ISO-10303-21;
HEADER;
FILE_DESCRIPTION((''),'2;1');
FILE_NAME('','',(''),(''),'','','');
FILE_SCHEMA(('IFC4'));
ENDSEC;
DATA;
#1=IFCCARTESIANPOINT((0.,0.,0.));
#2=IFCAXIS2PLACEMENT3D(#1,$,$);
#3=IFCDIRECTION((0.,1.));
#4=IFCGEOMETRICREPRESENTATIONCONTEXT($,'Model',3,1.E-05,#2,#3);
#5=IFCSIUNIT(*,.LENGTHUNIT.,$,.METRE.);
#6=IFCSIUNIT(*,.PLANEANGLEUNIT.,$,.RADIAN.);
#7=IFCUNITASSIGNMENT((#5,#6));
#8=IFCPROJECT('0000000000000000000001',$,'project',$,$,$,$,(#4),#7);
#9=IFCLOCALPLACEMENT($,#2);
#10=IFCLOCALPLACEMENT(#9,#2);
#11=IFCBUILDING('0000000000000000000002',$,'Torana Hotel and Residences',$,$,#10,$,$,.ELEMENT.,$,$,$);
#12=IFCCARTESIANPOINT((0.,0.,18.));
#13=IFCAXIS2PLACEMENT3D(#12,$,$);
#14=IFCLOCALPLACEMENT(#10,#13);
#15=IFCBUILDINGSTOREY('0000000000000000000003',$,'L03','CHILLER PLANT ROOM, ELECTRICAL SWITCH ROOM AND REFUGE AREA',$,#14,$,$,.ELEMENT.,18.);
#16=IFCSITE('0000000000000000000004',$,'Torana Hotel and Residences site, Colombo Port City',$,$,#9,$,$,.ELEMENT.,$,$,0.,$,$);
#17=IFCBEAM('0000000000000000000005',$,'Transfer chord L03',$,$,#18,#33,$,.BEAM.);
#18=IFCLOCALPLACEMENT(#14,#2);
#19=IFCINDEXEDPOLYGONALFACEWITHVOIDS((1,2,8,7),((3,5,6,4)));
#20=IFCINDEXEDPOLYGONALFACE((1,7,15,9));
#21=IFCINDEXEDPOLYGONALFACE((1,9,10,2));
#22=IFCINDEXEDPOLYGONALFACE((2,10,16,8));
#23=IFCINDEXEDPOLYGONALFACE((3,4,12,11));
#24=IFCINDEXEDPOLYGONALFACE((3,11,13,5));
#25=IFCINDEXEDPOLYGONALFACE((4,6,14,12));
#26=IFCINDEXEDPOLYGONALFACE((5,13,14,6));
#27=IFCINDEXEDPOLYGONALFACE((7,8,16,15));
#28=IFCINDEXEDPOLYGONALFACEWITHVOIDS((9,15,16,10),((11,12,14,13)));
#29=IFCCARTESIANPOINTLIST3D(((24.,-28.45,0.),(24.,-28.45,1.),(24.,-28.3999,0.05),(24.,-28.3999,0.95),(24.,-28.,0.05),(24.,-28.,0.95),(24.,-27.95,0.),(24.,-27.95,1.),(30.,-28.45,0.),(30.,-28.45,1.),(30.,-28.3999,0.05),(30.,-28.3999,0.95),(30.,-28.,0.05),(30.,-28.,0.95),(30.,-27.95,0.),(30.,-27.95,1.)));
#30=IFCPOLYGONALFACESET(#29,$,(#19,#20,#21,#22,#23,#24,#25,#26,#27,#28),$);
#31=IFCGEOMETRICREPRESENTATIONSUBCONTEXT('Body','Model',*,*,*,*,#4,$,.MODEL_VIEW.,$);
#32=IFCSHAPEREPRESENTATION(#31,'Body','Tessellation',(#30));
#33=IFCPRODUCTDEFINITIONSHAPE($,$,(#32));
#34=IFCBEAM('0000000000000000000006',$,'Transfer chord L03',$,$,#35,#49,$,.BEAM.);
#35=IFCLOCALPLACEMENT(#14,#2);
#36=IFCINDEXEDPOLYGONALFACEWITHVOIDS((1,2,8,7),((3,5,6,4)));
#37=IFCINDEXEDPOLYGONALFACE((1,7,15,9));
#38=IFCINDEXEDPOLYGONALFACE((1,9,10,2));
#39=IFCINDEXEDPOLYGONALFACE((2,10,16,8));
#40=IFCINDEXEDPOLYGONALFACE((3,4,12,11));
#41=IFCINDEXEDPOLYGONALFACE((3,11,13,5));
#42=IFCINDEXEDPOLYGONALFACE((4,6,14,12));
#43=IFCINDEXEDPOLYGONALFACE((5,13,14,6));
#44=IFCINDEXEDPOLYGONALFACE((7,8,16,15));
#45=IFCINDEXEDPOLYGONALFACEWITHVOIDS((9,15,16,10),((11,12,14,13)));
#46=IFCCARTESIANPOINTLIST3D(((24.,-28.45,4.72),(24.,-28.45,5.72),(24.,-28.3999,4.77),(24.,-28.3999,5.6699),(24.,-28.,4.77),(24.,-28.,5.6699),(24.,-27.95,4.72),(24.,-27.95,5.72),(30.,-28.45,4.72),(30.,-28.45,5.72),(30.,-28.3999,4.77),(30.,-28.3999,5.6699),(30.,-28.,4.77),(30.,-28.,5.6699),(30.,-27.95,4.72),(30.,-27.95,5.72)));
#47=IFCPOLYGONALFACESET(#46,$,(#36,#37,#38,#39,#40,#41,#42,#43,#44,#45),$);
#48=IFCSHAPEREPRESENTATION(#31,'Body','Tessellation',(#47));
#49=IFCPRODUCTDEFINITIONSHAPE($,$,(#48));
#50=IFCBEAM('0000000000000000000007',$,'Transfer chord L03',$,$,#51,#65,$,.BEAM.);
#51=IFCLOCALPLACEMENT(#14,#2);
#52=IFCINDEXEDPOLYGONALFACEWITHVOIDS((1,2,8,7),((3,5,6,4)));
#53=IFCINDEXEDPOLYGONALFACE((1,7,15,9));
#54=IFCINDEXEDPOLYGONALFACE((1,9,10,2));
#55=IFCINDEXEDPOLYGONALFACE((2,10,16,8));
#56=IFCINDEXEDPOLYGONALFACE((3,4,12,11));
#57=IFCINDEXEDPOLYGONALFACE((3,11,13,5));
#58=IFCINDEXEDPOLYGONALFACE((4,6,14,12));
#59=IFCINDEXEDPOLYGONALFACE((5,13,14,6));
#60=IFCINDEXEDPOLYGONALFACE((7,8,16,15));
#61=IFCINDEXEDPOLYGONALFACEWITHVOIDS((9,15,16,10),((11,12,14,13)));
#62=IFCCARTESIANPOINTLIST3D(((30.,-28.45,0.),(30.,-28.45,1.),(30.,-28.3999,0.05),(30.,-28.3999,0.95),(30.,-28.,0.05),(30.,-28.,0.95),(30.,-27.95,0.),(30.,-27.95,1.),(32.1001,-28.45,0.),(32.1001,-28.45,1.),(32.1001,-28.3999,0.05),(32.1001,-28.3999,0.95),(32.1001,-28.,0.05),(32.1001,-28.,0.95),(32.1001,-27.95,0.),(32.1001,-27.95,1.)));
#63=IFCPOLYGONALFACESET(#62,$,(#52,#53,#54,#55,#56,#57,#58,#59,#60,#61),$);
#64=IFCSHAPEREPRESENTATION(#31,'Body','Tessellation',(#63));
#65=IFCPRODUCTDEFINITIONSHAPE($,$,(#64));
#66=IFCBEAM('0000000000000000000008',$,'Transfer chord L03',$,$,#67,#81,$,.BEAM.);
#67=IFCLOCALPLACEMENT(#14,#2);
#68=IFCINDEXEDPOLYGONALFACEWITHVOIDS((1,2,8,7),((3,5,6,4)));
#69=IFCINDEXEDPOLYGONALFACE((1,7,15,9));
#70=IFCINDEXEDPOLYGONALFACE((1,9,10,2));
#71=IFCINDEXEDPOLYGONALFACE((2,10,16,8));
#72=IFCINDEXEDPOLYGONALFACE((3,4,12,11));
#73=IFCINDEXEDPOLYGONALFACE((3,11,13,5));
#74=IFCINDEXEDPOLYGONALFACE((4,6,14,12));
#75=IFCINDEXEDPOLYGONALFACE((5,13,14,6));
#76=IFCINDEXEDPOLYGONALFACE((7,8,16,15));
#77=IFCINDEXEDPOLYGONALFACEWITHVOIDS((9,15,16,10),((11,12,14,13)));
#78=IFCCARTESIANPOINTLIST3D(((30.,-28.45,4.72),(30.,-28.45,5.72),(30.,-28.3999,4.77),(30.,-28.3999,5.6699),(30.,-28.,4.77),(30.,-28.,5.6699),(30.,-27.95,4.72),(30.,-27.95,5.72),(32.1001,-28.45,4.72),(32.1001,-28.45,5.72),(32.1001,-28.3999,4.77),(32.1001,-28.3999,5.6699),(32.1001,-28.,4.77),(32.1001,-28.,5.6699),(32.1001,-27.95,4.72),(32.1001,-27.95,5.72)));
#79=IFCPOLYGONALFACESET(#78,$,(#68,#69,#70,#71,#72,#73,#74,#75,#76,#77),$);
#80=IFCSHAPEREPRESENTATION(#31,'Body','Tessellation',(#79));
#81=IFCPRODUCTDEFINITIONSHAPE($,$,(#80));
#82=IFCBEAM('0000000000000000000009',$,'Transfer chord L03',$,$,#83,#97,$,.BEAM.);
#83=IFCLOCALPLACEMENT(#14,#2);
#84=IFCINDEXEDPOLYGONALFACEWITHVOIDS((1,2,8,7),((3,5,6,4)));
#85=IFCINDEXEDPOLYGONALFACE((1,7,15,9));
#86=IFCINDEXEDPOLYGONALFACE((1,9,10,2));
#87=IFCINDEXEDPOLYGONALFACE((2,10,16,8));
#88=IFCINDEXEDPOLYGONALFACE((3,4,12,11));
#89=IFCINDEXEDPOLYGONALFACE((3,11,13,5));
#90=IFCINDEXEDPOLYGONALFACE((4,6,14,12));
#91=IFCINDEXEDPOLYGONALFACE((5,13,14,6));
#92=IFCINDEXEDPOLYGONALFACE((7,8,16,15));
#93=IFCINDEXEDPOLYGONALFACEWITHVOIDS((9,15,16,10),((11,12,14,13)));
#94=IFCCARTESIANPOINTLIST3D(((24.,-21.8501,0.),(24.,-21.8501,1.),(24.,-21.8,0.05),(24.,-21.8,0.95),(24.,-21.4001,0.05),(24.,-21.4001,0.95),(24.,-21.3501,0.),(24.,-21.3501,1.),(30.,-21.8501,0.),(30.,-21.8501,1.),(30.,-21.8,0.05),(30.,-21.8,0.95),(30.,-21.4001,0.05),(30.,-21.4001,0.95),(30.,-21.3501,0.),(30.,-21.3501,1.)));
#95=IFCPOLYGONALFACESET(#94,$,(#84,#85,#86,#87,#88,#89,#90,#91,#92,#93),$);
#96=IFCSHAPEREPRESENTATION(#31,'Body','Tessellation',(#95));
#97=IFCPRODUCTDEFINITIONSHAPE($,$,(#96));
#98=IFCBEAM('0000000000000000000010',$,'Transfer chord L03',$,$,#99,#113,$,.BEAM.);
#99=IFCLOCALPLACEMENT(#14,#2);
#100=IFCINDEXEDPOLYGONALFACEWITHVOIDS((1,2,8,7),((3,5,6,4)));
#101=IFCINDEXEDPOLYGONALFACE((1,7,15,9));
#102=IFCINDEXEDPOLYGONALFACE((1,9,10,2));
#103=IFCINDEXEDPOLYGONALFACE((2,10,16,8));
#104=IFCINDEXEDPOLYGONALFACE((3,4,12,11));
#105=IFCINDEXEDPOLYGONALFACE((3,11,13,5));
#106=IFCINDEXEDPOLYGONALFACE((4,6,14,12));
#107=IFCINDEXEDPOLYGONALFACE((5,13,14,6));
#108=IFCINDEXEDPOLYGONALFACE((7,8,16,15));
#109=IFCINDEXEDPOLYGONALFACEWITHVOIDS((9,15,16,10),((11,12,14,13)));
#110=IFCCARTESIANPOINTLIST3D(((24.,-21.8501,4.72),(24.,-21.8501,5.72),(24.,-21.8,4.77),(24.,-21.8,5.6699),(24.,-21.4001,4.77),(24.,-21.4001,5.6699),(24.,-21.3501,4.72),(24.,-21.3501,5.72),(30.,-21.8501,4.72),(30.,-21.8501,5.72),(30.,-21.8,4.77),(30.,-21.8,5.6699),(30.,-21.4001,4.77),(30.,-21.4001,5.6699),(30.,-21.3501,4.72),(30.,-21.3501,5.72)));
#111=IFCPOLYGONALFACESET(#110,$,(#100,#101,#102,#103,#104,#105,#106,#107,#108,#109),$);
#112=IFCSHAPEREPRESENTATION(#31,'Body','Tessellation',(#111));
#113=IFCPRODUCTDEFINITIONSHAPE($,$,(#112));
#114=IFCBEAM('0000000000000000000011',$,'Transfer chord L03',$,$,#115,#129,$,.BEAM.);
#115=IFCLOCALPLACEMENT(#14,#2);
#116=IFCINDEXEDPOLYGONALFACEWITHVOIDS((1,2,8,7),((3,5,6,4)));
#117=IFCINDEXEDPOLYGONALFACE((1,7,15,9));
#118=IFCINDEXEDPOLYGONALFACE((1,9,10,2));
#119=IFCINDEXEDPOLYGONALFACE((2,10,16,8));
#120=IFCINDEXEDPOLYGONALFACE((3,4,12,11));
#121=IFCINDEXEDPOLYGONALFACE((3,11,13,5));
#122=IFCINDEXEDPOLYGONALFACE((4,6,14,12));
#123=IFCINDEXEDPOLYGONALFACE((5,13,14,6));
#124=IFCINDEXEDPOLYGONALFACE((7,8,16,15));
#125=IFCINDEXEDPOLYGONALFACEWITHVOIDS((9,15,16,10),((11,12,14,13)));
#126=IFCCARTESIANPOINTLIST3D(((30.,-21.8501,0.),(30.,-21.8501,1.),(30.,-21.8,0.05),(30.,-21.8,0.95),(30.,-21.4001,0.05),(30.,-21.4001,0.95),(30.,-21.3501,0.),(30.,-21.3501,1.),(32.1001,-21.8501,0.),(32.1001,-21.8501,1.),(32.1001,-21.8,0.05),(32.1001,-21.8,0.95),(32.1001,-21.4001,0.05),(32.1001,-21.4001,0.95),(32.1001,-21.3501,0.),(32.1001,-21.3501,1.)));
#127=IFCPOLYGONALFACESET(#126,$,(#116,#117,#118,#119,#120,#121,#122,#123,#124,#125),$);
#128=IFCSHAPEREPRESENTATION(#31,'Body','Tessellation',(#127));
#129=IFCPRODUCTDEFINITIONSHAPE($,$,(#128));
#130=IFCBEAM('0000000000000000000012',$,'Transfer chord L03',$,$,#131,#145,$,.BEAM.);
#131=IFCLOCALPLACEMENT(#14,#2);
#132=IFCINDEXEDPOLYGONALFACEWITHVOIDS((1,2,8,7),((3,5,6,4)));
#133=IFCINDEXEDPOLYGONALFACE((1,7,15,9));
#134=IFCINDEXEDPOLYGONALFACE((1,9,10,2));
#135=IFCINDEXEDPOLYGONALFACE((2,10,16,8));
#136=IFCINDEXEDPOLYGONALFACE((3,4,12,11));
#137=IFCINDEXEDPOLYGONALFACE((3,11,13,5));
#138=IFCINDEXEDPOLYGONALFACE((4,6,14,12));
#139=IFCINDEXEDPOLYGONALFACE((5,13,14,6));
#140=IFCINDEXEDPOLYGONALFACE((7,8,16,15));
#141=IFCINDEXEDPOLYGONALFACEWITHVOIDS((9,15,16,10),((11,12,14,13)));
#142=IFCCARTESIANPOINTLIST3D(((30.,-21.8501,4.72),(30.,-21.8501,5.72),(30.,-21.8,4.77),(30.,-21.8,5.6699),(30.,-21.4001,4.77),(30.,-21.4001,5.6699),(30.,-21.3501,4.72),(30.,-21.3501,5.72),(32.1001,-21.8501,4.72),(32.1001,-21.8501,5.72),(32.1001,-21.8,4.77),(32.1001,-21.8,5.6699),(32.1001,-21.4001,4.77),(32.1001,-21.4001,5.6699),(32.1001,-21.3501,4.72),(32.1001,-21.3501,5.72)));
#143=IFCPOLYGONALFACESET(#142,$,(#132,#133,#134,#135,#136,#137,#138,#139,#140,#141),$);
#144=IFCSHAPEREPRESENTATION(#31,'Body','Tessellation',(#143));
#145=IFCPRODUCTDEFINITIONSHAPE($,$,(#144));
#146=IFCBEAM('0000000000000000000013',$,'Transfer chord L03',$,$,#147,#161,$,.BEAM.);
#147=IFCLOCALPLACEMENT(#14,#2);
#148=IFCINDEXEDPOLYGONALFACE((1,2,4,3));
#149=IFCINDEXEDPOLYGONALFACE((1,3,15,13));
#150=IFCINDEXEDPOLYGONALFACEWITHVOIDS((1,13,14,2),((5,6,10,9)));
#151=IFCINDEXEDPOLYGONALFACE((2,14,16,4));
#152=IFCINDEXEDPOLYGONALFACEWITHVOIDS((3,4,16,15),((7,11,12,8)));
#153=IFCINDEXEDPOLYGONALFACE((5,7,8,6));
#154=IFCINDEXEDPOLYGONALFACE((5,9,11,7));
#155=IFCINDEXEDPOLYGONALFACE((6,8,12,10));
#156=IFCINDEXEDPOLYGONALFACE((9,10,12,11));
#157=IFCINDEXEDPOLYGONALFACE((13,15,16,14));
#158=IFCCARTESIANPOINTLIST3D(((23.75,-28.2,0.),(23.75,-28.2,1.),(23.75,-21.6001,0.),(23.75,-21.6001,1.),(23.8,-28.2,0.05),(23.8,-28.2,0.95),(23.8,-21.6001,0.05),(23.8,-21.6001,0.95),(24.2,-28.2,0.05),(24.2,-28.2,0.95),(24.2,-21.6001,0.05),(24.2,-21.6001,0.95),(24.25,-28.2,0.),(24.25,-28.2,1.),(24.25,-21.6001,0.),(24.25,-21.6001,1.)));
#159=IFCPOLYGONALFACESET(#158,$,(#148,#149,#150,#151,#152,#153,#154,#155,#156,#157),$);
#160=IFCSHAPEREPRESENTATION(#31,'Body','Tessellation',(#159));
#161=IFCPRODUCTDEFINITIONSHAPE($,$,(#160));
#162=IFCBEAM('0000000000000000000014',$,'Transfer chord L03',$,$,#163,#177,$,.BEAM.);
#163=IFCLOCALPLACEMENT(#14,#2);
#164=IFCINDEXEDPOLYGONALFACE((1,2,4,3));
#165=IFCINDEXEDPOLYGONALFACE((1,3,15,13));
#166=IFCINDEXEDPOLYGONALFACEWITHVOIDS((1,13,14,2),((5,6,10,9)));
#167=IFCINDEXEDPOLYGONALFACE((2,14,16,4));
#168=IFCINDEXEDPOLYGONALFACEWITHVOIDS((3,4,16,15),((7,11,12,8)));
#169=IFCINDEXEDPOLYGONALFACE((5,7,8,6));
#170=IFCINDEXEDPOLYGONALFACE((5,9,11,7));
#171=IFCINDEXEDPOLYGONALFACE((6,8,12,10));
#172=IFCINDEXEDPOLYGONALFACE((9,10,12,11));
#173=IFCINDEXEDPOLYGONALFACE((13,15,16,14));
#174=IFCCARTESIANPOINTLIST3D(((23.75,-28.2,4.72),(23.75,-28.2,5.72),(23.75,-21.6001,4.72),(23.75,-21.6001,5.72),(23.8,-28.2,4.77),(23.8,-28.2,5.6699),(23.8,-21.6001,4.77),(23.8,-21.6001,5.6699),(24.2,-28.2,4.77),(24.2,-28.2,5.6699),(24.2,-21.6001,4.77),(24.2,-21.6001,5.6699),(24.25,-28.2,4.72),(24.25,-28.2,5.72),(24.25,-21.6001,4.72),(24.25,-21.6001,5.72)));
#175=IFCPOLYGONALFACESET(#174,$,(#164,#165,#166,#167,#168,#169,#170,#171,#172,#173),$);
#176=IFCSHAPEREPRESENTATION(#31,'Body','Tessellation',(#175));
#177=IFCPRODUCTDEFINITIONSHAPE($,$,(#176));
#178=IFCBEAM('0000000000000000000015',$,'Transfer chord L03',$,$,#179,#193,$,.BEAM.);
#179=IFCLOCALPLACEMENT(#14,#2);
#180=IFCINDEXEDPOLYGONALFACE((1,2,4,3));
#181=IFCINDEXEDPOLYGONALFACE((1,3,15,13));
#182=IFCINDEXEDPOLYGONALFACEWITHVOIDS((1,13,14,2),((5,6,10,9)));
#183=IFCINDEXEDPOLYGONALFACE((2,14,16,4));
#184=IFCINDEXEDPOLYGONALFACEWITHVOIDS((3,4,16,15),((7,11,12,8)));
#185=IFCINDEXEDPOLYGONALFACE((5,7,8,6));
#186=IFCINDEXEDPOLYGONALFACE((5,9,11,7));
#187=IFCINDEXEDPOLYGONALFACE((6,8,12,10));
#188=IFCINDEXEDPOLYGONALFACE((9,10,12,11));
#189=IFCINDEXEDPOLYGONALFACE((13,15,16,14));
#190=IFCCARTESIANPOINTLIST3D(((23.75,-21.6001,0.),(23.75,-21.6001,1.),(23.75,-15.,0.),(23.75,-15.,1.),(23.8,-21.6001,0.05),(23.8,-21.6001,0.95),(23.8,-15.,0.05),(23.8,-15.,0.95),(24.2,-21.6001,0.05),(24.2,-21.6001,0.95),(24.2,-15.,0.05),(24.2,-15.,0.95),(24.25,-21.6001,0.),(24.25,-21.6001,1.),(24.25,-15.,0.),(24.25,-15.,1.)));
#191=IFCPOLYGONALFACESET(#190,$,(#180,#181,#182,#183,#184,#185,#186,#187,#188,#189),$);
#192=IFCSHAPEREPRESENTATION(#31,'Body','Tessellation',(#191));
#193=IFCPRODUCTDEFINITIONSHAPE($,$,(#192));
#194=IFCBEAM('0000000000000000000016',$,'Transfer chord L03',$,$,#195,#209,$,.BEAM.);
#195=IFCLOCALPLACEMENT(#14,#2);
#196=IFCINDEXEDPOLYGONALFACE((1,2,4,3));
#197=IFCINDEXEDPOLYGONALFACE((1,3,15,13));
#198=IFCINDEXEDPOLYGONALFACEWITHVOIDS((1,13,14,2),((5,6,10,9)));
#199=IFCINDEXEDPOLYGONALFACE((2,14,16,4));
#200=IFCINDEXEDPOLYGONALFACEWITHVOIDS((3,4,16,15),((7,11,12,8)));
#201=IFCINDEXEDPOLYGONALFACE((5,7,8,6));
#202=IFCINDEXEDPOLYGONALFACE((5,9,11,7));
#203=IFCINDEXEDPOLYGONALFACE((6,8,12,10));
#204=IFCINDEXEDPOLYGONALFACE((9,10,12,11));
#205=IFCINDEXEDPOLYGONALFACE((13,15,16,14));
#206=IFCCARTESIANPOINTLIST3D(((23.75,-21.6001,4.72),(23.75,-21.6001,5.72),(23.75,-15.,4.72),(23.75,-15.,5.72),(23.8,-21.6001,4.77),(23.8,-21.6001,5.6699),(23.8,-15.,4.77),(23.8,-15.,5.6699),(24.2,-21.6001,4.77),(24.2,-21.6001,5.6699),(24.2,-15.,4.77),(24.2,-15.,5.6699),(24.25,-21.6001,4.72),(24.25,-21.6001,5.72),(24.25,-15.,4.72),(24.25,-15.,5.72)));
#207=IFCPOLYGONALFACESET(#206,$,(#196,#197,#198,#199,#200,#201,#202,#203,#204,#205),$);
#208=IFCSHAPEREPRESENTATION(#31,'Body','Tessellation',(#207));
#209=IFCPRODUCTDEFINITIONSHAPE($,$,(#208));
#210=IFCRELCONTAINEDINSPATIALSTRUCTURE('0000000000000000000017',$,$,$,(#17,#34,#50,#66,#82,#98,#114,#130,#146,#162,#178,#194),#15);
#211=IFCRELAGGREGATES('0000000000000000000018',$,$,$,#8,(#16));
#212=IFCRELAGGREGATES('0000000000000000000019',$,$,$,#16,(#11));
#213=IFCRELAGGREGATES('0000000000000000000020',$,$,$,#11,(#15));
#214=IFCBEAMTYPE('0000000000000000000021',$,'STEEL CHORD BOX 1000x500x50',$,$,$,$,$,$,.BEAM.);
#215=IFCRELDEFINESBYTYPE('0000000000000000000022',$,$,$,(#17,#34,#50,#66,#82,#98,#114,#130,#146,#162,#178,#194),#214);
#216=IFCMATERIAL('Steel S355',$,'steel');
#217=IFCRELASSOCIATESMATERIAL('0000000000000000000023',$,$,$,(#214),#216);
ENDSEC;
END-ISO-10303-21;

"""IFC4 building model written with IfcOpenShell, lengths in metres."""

from ifc_helpers import new_model, si_unit, direction, frame, origin, origin_2d, place, context, subcontext, project, spatial, hollow_rectangle, extrude, material, material_profile, profile_set, type_object, element, save


model = new_model("IFC4")

# Units and contexts
model_context = context("Model", 3, precision=1e-05, world=origin(), true_north=direction((0.0, 1.0)))
body_context = subcontext(model_context, "Body", "Model", "MODEL_VIEW")
ifc_project = project(units=[si_unit("LENGTHUNIT", "METRE"), si_unit("PLANEANGLEUNIT", "RADIAN")], contexts=[model_context])

# Site, building, storey
site_placement = place(None, origin())
site = spatial("IfcSite", under=ifc_project, at=site_placement, Name="Torana Hotel and Residences site, Colombo Port City", CompositionType="ELEMENT", RefElevation=0.0)
building_placement = place(site_placement, origin())
building = spatial("IfcBuilding", under=site, at=building_placement, Name="Torana Hotel and Residences", CompositionType="ELEMENT")
storey_placement = place(building_placement, frame((0.0, 0.0, 18.0)))
storey = spatial("IfcBuildingStorey", under=building, at=storey_placement, Name="L03", Description="CHILLER PLANT ROOM, ELECTRICAL SWITCH ROOM AND REFUGE AREA", CompositionType="ELEMENT", Elevation=18.0)

# Beams
ifc_material_1 = material(Name="Steel S355", Category="steel")
ifc_material_profile_1 = material_profile(ifc_material_1, hollow_rectangle(XDim=0.5, YDim=1.0, WallThickness=0.05, at=origin_2d()), Name="BOX 1000x500x50")
ifc_profile_set_1 = profile_set([ifc_material_profile_1], Name="Steel S355")
beam_type = type_object("IfcBeamType", Name="STEEL CHORD BOX 1000x500x50", PredefinedType="BEAM", material=ifc_profile_set_1)
for number, where, z_axis, x_axis, name in (
    (1, (24.0, -28.2, 0.5), (1.0, 0.0, 0.0), (0.0, 1.0, 0.0), "Transfer chord L03"),
    (2, (24.0, -28.2, 5.22), (1.0, 0.0, 0.0), (0.0, 1.0, 0.0), "Transfer chord L03"),
):
    element("IfcBeam", number, at=place(storey_placement, frame(where, z_axis=z_axis, x_axis=x_axis)), inside=storey, type_object=beam_type, Name=name, PredefinedType="BEAM", context=body_context, shape_type="SweptSolid", body=[
        extrude(hollow_rectangle(XDim=0.5, YDim=1.0, WallThickness=0.05, at=origin_2d()), origin(), (0.0, 0.0, 1.0), 6.0),
    ])
for number, where, z_axis, x_axis, name in (
    (3, (30.0, -28.2, 0.5), (1.0, 0.0, 0.0), (0.0, 1.0, 0.0), "Transfer chord L03"),
    (4, (30.0, -28.2, 5.22), (1.0, 0.0, 0.0), (0.0, 1.0, 0.0), "Transfer chord L03"),
):
    element("IfcBeam", number, at=place(storey_placement, frame(where, z_axis=z_axis, x_axis=x_axis)), inside=storey, type_object=beam_type, Name=name, PredefinedType="BEAM", context=body_context, shape_type="SweptSolid", body=[
        extrude(hollow_rectangle(XDim=0.5, YDim=1.0, WallThickness=0.05, at=origin_2d()), origin(), (0.0, 0.0, 1.0), 2.1001),
    ])
for number, where, z_axis, x_axis, name in (
    (5, (24.0, -21.6001, 0.5), (1.0, 0.0, 0.0), (0.0, 1.0, 0.0), "Transfer chord L03"),
    (6, (24.0, -21.6001, 5.22), (1.0, 0.0, 0.0), (0.0, 1.0, 0.0), "Transfer chord L03"),
):
    element("IfcBeam", number, at=place(storey_placement, frame(where, z_axis=z_axis, x_axis=x_axis)), inside=storey, type_object=beam_type, Name=name, PredefinedType="BEAM", context=body_context, shape_type="SweptSolid", body=[
        extrude(hollow_rectangle(XDim=0.5, YDim=1.0, WallThickness=0.05, at=origin_2d()), origin(), (0.0, 0.0, 1.0), 6.0),
    ])
for number, where, z_axis, x_axis, name in (
    (7, (30.0, -21.6001, 0.5), (1.0, 0.0, 0.0), (0.0, 1.0, 0.0), "Transfer chord L03"),
    (8, (30.0, -21.6001, 5.22), (1.0, 0.0, 0.0), (0.0, 1.0, 0.0), "Transfer chord L03"),
):
    element("IfcBeam", number, at=place(storey_placement, frame(where, z_axis=z_axis, x_axis=x_axis)), inside=storey, type_object=beam_type, Name=name, PredefinedType="BEAM", context=body_context, shape_type="SweptSolid", body=[
        extrude(hollow_rectangle(XDim=0.5, YDim=1.0, WallThickness=0.05, at=origin_2d()), origin(), (0.0, 0.0, 1.0), 2.1001),
    ])
for number, where, z_axis, x_axis, name in (
    (9, (24.0, -28.2, 0.5), (0.0, 1.0, 0.0), (-1.0, 0.0, 0.0), "Transfer chord L03"),
    (10, (24.0, -28.2, 5.22), (0.0, 1.0, 0.0), (-1.0, 0.0, 0.0), "Transfer chord L03"),
):
    element("IfcBeam", number, at=place(storey_placement, frame(where, z_axis=z_axis, x_axis=x_axis)), inside=storey, type_object=beam_type, Name=name, PredefinedType="BEAM", context=body_context, shape_type="SweptSolid", body=[
        extrude(hollow_rectangle(XDim=0.5, YDim=1.0, WallThickness=0.05, at=origin_2d()), origin(), (0.0, 0.0, 1.0), 6.5999),
    ])
for number, where, z_axis, x_axis, name in (
    (11, (24.0, -21.6001, 0.5), (0.0, 1.0, 0.0), (-1.0, 0.0, 0.0), "Transfer chord L03"),
    (12, (24.0, -21.6001, 5.22), (0.0, 1.0, 0.0), (-1.0, 0.0, 0.0), "Transfer chord L03"),
):
    element("IfcBeam", number, at=place(storey_placement, frame(where, z_axis=z_axis, x_axis=x_axis)), inside=storey, type_object=beam_type, Name=name, PredefinedType="BEAM", context=body_context, shape_type="SweptSolid", body=[
        extrude(hollow_rectangle(XDim=0.5, YDim=1.0, WallThickness=0.05, at=origin_2d()), origin(), (0.0, 0.0, 1.0), 6.6001),
    ])

save(model, "model.ifc")
